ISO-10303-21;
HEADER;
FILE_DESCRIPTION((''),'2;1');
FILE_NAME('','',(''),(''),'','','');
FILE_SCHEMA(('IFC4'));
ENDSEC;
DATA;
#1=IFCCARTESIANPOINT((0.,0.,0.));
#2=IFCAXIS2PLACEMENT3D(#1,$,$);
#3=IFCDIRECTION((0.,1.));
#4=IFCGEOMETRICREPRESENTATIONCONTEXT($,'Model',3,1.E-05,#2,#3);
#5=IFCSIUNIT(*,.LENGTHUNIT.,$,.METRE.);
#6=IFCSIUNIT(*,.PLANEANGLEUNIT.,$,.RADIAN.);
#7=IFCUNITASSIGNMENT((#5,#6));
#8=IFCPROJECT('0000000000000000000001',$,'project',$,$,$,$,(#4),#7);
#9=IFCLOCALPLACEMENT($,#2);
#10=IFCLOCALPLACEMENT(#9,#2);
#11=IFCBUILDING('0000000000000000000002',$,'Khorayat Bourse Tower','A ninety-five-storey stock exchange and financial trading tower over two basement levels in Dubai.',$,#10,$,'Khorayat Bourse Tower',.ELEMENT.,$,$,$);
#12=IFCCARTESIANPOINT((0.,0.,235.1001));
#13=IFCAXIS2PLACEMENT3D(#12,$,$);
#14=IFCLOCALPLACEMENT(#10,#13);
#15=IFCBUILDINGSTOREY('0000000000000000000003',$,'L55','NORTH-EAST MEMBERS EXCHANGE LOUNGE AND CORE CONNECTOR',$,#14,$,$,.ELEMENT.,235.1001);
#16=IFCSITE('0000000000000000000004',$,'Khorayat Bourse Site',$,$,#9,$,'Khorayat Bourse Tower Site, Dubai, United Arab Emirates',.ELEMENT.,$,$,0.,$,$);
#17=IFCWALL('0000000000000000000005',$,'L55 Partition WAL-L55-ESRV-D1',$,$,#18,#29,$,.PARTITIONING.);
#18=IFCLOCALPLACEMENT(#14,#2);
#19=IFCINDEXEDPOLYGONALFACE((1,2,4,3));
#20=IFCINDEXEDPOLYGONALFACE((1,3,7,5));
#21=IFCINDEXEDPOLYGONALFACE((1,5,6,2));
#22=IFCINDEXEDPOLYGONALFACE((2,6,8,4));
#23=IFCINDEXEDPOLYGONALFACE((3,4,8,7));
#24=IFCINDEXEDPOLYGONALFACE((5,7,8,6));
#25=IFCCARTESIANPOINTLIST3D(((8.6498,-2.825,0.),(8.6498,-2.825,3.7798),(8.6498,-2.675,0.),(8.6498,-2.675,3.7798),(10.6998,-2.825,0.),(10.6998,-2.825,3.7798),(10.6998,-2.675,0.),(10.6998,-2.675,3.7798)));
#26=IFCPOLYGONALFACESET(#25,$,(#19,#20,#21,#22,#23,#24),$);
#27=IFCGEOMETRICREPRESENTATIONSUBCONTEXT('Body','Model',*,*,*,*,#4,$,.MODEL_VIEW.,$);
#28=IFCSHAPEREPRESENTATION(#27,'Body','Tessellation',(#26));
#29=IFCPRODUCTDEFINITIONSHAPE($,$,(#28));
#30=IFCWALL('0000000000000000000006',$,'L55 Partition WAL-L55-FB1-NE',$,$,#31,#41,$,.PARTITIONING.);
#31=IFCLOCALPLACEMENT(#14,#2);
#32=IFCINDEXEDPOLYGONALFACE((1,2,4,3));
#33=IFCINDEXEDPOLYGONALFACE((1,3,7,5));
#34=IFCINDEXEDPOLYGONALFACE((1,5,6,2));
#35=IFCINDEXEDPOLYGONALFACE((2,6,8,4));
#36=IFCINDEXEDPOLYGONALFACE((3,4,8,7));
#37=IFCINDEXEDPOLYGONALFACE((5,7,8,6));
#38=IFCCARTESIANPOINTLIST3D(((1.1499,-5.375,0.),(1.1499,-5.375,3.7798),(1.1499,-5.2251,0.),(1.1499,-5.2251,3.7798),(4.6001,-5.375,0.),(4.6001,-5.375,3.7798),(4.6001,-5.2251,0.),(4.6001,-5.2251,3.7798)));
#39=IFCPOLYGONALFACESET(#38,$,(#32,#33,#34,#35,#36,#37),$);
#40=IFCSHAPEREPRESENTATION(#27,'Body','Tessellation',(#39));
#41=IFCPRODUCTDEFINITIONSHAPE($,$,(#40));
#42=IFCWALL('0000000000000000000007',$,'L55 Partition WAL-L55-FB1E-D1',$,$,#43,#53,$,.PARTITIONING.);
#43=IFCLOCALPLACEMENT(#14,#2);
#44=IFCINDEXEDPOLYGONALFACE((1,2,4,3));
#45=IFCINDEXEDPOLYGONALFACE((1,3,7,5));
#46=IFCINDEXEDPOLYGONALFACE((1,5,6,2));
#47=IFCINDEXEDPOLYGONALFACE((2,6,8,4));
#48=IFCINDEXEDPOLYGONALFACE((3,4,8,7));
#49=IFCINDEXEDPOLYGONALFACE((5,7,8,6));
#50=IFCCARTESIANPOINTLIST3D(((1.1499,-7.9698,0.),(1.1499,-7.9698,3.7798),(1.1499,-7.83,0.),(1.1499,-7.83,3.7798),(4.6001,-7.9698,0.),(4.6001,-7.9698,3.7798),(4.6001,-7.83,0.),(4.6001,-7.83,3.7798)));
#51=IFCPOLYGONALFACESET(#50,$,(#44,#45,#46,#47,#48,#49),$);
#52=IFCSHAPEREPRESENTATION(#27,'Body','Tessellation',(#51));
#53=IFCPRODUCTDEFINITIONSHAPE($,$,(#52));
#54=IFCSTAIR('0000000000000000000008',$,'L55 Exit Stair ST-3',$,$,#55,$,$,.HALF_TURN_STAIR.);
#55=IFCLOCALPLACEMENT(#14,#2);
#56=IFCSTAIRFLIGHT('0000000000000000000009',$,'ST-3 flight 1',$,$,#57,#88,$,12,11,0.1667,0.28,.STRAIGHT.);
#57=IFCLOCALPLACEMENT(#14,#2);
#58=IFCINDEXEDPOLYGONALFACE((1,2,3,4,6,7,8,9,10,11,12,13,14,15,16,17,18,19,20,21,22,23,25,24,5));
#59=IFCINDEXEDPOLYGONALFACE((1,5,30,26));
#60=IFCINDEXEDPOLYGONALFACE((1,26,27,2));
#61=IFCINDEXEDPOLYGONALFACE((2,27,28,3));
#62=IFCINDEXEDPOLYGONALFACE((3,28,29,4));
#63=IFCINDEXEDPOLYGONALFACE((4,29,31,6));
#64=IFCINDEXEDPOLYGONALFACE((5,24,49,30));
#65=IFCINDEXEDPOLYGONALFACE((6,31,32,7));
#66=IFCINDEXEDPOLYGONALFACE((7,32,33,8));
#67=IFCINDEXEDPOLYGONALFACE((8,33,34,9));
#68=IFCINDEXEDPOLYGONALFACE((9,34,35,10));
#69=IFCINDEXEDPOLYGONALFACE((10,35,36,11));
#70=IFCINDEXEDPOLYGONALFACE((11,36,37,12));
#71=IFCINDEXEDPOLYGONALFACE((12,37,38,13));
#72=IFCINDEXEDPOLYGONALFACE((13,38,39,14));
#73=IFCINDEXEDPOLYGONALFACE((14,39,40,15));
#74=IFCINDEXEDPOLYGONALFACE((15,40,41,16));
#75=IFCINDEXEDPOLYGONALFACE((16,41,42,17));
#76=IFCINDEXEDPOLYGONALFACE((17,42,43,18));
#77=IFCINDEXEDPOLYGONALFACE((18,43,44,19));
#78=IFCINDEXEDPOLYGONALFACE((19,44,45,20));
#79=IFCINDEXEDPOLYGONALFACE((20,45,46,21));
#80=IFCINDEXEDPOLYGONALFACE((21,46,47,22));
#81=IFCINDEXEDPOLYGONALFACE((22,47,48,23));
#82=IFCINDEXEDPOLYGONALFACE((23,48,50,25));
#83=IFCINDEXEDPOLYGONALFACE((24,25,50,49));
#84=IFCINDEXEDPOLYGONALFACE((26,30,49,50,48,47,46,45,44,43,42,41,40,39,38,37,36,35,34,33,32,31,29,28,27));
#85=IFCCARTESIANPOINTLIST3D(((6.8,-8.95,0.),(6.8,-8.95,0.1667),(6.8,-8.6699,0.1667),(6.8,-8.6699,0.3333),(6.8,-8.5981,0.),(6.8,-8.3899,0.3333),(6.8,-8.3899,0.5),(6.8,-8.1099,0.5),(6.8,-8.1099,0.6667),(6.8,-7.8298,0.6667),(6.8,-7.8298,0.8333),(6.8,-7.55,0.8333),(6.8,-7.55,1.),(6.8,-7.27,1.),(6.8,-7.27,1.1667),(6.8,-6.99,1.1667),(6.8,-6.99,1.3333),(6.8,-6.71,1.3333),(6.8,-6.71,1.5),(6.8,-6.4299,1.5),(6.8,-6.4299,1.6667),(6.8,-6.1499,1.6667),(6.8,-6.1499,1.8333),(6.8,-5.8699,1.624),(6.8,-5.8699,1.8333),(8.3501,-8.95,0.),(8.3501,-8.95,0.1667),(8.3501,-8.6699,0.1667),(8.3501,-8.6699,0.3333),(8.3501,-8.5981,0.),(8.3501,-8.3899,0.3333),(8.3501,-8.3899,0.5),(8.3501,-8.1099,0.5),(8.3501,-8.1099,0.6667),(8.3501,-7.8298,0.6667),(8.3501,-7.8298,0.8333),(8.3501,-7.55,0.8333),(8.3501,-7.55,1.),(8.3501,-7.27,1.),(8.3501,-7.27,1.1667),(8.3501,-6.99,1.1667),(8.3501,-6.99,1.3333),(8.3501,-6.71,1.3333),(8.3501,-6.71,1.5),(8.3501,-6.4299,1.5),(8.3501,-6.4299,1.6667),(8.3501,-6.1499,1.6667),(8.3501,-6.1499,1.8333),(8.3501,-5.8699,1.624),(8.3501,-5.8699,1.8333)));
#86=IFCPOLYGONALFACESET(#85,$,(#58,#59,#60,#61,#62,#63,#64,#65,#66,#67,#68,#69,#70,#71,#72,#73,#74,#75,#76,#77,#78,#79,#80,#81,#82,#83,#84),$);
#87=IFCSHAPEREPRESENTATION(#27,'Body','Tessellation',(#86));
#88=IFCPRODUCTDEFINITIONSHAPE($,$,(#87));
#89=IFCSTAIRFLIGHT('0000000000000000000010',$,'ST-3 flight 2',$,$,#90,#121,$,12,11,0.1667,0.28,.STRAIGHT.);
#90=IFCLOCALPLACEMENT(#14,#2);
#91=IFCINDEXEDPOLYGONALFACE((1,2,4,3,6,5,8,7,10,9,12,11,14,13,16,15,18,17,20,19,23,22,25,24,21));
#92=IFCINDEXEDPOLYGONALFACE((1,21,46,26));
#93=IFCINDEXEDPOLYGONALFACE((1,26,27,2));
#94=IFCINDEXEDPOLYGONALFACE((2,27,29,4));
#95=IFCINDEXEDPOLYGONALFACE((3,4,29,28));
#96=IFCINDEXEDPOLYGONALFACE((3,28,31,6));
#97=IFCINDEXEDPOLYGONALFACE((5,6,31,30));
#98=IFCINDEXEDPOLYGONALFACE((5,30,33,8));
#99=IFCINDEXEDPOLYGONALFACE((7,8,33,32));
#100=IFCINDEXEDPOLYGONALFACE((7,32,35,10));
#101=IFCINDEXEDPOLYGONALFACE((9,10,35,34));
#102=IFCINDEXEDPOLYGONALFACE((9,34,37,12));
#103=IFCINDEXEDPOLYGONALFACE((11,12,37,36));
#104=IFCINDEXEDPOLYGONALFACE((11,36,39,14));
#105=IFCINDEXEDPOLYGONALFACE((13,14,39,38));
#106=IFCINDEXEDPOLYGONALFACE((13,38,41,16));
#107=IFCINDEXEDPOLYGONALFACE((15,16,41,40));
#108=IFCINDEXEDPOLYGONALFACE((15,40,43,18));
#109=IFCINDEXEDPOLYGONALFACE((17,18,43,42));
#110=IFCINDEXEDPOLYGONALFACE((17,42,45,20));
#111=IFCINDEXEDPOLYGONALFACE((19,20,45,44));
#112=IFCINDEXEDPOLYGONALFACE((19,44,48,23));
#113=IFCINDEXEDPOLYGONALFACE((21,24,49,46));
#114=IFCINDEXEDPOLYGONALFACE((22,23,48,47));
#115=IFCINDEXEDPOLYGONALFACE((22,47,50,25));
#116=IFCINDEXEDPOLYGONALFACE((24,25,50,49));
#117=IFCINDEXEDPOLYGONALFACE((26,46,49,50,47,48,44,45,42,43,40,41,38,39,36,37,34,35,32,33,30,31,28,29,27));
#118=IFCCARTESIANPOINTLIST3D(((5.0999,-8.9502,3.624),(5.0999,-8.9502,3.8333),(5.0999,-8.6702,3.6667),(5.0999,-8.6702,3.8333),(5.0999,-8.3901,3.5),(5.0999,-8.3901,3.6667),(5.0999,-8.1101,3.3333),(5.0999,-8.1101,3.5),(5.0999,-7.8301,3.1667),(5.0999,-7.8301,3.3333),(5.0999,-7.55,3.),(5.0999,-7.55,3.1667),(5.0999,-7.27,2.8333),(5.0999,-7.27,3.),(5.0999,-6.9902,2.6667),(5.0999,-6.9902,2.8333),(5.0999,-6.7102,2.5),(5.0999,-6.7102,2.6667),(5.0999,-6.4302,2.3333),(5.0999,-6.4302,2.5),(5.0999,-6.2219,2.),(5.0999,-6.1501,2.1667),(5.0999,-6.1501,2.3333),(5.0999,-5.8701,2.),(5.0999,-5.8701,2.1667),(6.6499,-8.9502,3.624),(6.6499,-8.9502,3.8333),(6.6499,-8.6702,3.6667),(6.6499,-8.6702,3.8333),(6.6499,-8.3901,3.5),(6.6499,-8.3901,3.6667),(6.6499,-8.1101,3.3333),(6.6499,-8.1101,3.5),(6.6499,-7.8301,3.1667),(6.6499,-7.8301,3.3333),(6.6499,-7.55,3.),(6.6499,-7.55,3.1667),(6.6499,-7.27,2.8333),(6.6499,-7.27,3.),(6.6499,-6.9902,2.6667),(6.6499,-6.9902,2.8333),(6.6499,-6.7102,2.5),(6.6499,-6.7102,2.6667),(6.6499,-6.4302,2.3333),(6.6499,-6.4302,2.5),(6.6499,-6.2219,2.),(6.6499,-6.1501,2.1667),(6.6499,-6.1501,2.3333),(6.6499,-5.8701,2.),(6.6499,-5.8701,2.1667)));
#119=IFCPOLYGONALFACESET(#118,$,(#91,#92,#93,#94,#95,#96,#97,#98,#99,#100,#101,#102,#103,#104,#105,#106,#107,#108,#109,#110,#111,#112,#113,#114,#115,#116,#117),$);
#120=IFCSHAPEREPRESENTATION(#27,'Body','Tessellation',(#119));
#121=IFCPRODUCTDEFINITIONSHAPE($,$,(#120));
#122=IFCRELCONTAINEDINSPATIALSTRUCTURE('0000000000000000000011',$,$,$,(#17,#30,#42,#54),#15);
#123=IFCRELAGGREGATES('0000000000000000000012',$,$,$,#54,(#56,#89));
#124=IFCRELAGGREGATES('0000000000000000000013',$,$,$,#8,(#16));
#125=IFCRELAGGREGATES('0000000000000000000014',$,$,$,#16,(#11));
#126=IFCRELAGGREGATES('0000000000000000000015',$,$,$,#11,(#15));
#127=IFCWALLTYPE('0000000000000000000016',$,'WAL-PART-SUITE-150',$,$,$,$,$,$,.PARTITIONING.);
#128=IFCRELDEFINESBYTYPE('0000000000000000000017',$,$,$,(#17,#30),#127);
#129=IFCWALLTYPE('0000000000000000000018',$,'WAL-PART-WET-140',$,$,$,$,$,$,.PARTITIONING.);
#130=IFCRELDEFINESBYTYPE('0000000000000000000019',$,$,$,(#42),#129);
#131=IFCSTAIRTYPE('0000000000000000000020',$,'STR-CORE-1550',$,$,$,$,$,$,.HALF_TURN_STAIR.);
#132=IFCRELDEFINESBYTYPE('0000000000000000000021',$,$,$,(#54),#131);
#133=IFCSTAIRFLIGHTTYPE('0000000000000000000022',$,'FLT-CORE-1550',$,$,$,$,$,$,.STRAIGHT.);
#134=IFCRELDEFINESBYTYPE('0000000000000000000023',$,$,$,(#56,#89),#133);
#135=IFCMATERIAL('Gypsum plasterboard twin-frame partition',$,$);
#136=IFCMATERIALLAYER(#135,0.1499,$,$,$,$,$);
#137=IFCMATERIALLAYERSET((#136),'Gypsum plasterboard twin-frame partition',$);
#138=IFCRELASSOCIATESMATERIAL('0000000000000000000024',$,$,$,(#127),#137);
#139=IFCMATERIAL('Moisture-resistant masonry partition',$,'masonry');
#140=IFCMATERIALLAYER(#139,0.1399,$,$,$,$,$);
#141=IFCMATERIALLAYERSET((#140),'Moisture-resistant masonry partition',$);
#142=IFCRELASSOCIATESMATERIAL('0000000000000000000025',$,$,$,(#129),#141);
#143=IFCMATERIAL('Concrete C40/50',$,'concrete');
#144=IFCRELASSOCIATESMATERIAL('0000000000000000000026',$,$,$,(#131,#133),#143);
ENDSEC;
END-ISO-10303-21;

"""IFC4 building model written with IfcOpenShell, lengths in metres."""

from ifc_helpers import new_model, si_unit, direction, frame, frame_2d, origin, place, context, subcontext, project, spatial, polyline, rectangle, outline, extrude, source, transform, mapped, material, layer, layer_set, type_object, element, aggregate, save


model = new_model("IFC4")

# Units and contexts
model_context = context("Model", 3, precision=1e-05, world=origin(), true_north=direction((0.0, 1.0)))
body_context = subcontext(model_context, "Body", "Model", "MODEL_VIEW")
ifc_project = project(units=[si_unit("LENGTHUNIT", "METRE"), si_unit("PLANEANGLEUNIT", "RADIAN")], contexts=[model_context])

# Site, building, storey
site_placement = place(None, origin())
site = spatial("IfcSite", under=ifc_project, at=site_placement, Name="Khorayat Bourse Site", LongName="Khorayat Bourse Tower Site, Dubai, United Arab Emirates", CompositionType="ELEMENT", RefElevation=0.0)
building_placement = place(site_placement, origin())
building = spatial("IfcBuilding", under=site, at=building_placement, Name="Khorayat Bourse Tower", Description="A ninety-five-storey stock exchange and financial trading tower over two basement levels in Dubai.", LongName="Khorayat Bourse Tower", CompositionType="ELEMENT")
storey_placement = place(building_placement, frame((0.0, 0.0, 235.1001)))
storey = spatial("IfcBuildingStorey", under=building, at=storey_placement, Name="L55", Description="NORTH-EAST MEMBERS EXCHANGE LOUNGE AND CORE CONNECTOR", CompositionType="ELEMENT", Elevation=235.1001)

# Shared definitions
ifc_material_1 = material(Name="Concrete C40/50", Category="concrete")

# Walls
ifc_material_2 = material(Name="Gypsum plasterboard twin-frame partition")
ifc_layer_1 = layer(ifc_material_2, 0.1499)
ifc_layer_set_1 = layer_set([ifc_layer_1], Name="Gypsum plasterboard twin-frame partition")
wall_type_1 = type_object("IfcWallType", Name="WAL-PART-SUITE-150", PredefinedType="PARTITIONING", material=ifc_layer_set_1)
shared_shape_1 = source(origin(), body_context, "Body", "SweptSolid", [
    extrude(rectangle(XDim=2.05, YDim=0.1499, at=frame_2d((1.0249, 0.0))), origin(), (0.0, 0.0, 1.0), 3.7798),
])
wall_1_placement = place(storey_placement, frame((8.6499, -2.75, 0.0), z_axis=(0.0, 0.0, 1.0), x_axis=(1.0, 0.0, 0.0)))
element("IfcWall", 1, at=wall_1_placement, inside=storey, type_object=wall_type_1, Name="L55 Partition WAL-L55-ESRV-D1", PredefinedType="PARTITIONING", context=body_context, shape_type="MappedRepresentation", body=[
    mapped(shared_shape_1, transform((0.0, 0.0, 0.0), scale=1.0)),
])
shared_shape_2 = source(origin(), body_context, "Body", "SweptSolid", [
    extrude(rectangle(XDim=3.4502, YDim=0.1499, at=frame_2d((1.7251, 0.0))), origin(), (0.0, 0.0, 1.0), 3.7798),
])
wall_2_placement = place(storey_placement, frame((1.1499, -5.3, 0.0), z_axis=(0.0, 0.0, 1.0), x_axis=(1.0, 0.0, 0.0)))
element("IfcWall", 2, at=wall_2_placement, inside=storey, type_object=wall_type_1, Name="L55 Partition WAL-L55-FB1-NE", PredefinedType="PARTITIONING", context=body_context, shape_type="MappedRepresentation", body=[
    mapped(shared_shape_2, transform((0.0, 0.0, 0.0), scale=1.0)),
])
ifc_material_3 = material(Name="Moisture-resistant masonry partition", Category="masonry")
ifc_layer_2 = layer(ifc_material_3, 0.1399)
ifc_layer_set_2 = layer_set([ifc_layer_2], Name="Moisture-resistant masonry partition")
wall_type_2 = type_object("IfcWallType", Name="WAL-PART-WET-140", PredefinedType="PARTITIONING", material=ifc_layer_set_2)
shared_shape_3 = source(origin(), body_context, "Body", "SweptSolid", [
    extrude(rectangle(XDim=3.4502, YDim=0.1399, at=frame_2d((1.7251, 0.0))), origin(), (0.0, 0.0, 1.0), 3.7798),
])
wall_3_placement = place(storey_placement, frame((1.1499, -7.8999, 0.0), z_axis=(0.0, 0.0, 1.0), x_axis=(1.0, 0.0, 0.0)))
element("IfcWall", 3, at=wall_3_placement, inside=storey, type_object=wall_type_2, Name="L55 Partition WAL-L55-FB1E-D1", PredefinedType="PARTITIONING", context=body_context, shape_type="MappedRepresentation", body=[
    mapped(shared_shape_3, transform((0.0, 0.0, 0.0), scale=1.0)),
])

# Stair, stair flights
stair_type = type_object("IfcStairType", Name="STR-CORE-1550", PredefinedType="HALF_TURN_STAIR", material=ifc_material_1)
stair_placement = place(storey_placement, origin())
stair = element("IfcStair", 4, at=stair_placement, inside=storey, type_object=stair_type, Name="L55 Exit Stair ST-3", PredefinedType="HALF_TURN_STAIR")
stair_flight_type = type_object("IfcStairFlightType", Name="FLT-CORE-1550", PredefinedType="STRAIGHT", material=ifc_material_1)
shared_shape_4 = source(origin(), body_context, "Body", "SweptSolid", [
    extrude(outline(polyline([(0.0, 0.0), (0.0, 0.1667), (0.28, 0.1667), (0.28, 0.3333), (0.5601, 0.3333), (0.5601, 0.5), (0.8401, 0.5), (0.8401, 0.6667), (1.1201, 0.6667), (1.1201, 0.8333), (1.3999, 0.8333), (1.3999, 1.0), (1.6799, 1.0), (1.6799, 1.1667), (1.96, 1.1667), (1.96, 1.3333), (2.24, 1.3333), (2.24, 1.5), (2.52, 1.5), (2.52, 1.6667), (2.8, 1.6667), (2.8, 1.8333), (3.0801, 1.8333), (3.0801, 2.0), (3.0801, 1.624), (0.3518, 0.0), (0.0, 0.0)])), frame((0.0, 0.7749, 0.0), z_axis=(0.0, -1.0, 0.0), x_axis=(1.0, 0.0, 0.0)), (0.0, 0.0, 1.0), 1.55),
])
stair_flight_1_placement = place(storey_placement, frame((7.575, -8.95, 0.0), z_axis=(0.0, 0.0, 1.0), x_axis=(0.0, 1.0, 0.0)))
stair_flight_1 = element("IfcStairFlight", 5, at=stair_flight_1_placement, type_object=stair_flight_type, Name="ST-3 flight 1", NumberOfRisers=12, NumberOfTreads=11, PredefinedType="STRAIGHT", RiserHeight=0.1667, TreadLength=0.28, context=body_context, shape_type="MappedRepresentation", body=[
    mapped(shared_shape_4, transform((0.0, 0.0, 0.0), scale=1.0)),
])
stair_flight_2_placement = place(storey_placement, frame((5.875, -5.8701, 2.0), z_axis=(0.0, 0.0, 1.0), x_axis=(0.0, -1.0, 0.0)))
stair_flight_2 = element("IfcStairFlight", 6, at=stair_flight_2_placement, type_object=stair_flight_type, Name="ST-3 flight 2", NumberOfRisers=12, NumberOfTreads=11, PredefinedType="STRAIGHT", RiserHeight=0.1667, TreadLength=0.28, context=body_context, shape_type="MappedRepresentation", body=[
    mapped(shared_shape_4, transform((0.0, 0.0, 0.0), scale=1.0)),
])
aggregate(stair, [stair_flight_1, stair_flight_2])

save(model, "model.ifc")
